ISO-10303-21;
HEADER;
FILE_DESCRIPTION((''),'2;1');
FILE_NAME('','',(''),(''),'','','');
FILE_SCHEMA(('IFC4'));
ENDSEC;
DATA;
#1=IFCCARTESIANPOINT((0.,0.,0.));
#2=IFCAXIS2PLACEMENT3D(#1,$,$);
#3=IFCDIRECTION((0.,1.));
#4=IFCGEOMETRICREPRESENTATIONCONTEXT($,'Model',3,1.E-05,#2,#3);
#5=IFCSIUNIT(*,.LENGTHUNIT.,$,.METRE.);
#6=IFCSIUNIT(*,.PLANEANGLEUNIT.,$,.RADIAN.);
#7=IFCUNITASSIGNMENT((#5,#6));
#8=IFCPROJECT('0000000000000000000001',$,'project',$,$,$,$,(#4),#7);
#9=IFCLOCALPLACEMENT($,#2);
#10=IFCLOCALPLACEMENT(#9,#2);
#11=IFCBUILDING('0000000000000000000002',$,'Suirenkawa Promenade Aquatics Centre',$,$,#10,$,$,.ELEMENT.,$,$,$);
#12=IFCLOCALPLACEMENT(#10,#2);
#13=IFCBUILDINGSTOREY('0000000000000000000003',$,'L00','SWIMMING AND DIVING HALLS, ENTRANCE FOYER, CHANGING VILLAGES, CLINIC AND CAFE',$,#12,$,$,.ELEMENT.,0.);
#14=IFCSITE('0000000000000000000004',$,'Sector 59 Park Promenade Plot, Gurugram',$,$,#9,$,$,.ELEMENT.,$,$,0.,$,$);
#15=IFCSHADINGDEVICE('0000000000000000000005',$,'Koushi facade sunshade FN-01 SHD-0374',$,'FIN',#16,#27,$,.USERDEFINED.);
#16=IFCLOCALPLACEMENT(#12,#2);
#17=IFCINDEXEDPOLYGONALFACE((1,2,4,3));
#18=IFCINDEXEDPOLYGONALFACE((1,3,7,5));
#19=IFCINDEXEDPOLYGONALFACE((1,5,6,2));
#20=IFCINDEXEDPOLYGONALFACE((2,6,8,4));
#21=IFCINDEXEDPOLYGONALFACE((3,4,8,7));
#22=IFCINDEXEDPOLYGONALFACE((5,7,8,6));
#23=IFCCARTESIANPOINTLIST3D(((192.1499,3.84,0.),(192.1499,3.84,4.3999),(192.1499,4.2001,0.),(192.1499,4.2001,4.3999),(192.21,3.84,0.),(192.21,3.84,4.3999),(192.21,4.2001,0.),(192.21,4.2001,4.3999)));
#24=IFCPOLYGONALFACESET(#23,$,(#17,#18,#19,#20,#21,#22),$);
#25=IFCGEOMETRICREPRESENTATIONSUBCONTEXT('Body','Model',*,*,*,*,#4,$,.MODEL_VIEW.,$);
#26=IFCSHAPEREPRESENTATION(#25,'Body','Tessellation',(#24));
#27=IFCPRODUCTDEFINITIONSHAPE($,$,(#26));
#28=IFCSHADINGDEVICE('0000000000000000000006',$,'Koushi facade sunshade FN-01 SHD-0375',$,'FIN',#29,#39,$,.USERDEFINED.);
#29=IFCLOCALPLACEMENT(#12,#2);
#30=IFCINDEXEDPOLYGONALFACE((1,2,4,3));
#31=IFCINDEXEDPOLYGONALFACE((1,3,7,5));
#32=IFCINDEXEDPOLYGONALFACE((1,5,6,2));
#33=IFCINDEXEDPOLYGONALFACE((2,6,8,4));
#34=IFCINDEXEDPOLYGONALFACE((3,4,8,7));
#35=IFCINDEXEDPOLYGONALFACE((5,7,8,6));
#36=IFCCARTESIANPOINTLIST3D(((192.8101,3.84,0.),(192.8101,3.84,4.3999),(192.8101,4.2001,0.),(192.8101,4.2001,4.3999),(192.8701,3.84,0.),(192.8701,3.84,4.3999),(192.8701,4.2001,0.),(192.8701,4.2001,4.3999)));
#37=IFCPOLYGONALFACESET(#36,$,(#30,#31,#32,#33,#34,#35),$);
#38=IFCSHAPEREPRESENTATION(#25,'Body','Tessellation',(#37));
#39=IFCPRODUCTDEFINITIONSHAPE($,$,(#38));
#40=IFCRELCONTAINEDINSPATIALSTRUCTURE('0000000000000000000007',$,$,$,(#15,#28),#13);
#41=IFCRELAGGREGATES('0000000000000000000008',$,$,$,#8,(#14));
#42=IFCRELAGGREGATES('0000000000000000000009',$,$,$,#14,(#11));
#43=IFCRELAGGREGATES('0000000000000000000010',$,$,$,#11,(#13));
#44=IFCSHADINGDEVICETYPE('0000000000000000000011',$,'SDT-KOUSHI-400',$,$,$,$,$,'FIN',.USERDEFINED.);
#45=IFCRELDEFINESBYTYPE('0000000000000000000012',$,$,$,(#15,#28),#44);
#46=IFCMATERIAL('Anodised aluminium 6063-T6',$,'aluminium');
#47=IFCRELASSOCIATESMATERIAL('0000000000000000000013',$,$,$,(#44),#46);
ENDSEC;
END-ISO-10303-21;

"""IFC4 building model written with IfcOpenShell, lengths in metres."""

from ifc_helpers import new_model, si_unit, direction, frame, origin, origin_2d, place, context, subcontext, project, spatial, rectangle, extrude, material, type_object, element, save


model = new_model("IFC4")

# Units and contexts
model_context = context("Model", 3, precision=1e-05, world=origin(), true_north=direction((0.0, 1.0)))
body_context = subcontext(model_context, "Body", "Model", "MODEL_VIEW")
ifc_project = project(units=[si_unit("LENGTHUNIT", "METRE"), si_unit("PLANEANGLEUNIT", "RADIAN")], contexts=[model_context])

# Site, building, storey
site_placement = place(None, origin())
site = spatial("IfcSite", under=ifc_project, at=site_placement, Name="Sector 59 Park Promenade Plot, Gurugram", CompositionType="ELEMENT", RefElevation=0.0)
building_placement = place(site_placement, origin())
building = spatial("IfcBuilding", under=site, at=building_placement, Name="Suirenkawa Promenade Aquatics Centre", CompositionType="ELEMENT")
storey_placement = place(building_placement, origin())
storey = spatial("IfcBuildingStorey", under=building, at=storey_placement, Name="L00", Description="SWIMMING AND DIVING HALLS, ENTRANCE FOYER, CHANGING VILLAGES, CLINIC AND CAFE", CompositionType="ELEMENT", Elevation=0.0)

# Shared definitions
ifc_material_1 = material(Name="Anodised aluminium 6063-T6", Category="aluminium")

# Shading devices
shading_device_type = type_object("IfcShadingDeviceType", Name="SDT-KOUSHI-400", ElementType="FIN", PredefinedType="USERDEFINED", material=ifc_material_1)
for number, where, z_axis, x_axis, name in (
    (1, (192.1799, 4.02, 0.0), (0.0, 0.0, 1.0), (1.0, 0.0, 0.0), "Koushi facade sunshade FN-01 SHD-0374"),
    (2, (192.8401, 4.02, 0.0), (0.0, 0.0, 1.0), (1.0, 0.0, 0.0), "Koushi facade sunshade FN-01 SHD-0375"),
):
    element("IfcShadingDevice", number, at=place(storey_placement, frame(where, z_axis=z_axis, x_axis=x_axis)), inside=storey, type_object=shading_device_type, Name=name, ObjectType="FIN", PredefinedType="USERDEFINED", context=body_context, shape_type="SweptSolid", body=[
        extrude(rectangle(XDim=0.0601, YDim=0.3601, at=origin_2d()), origin(), (0.0, 0.0, 1.0), 4.3999),
    ])

save(model, "model.ifc")
